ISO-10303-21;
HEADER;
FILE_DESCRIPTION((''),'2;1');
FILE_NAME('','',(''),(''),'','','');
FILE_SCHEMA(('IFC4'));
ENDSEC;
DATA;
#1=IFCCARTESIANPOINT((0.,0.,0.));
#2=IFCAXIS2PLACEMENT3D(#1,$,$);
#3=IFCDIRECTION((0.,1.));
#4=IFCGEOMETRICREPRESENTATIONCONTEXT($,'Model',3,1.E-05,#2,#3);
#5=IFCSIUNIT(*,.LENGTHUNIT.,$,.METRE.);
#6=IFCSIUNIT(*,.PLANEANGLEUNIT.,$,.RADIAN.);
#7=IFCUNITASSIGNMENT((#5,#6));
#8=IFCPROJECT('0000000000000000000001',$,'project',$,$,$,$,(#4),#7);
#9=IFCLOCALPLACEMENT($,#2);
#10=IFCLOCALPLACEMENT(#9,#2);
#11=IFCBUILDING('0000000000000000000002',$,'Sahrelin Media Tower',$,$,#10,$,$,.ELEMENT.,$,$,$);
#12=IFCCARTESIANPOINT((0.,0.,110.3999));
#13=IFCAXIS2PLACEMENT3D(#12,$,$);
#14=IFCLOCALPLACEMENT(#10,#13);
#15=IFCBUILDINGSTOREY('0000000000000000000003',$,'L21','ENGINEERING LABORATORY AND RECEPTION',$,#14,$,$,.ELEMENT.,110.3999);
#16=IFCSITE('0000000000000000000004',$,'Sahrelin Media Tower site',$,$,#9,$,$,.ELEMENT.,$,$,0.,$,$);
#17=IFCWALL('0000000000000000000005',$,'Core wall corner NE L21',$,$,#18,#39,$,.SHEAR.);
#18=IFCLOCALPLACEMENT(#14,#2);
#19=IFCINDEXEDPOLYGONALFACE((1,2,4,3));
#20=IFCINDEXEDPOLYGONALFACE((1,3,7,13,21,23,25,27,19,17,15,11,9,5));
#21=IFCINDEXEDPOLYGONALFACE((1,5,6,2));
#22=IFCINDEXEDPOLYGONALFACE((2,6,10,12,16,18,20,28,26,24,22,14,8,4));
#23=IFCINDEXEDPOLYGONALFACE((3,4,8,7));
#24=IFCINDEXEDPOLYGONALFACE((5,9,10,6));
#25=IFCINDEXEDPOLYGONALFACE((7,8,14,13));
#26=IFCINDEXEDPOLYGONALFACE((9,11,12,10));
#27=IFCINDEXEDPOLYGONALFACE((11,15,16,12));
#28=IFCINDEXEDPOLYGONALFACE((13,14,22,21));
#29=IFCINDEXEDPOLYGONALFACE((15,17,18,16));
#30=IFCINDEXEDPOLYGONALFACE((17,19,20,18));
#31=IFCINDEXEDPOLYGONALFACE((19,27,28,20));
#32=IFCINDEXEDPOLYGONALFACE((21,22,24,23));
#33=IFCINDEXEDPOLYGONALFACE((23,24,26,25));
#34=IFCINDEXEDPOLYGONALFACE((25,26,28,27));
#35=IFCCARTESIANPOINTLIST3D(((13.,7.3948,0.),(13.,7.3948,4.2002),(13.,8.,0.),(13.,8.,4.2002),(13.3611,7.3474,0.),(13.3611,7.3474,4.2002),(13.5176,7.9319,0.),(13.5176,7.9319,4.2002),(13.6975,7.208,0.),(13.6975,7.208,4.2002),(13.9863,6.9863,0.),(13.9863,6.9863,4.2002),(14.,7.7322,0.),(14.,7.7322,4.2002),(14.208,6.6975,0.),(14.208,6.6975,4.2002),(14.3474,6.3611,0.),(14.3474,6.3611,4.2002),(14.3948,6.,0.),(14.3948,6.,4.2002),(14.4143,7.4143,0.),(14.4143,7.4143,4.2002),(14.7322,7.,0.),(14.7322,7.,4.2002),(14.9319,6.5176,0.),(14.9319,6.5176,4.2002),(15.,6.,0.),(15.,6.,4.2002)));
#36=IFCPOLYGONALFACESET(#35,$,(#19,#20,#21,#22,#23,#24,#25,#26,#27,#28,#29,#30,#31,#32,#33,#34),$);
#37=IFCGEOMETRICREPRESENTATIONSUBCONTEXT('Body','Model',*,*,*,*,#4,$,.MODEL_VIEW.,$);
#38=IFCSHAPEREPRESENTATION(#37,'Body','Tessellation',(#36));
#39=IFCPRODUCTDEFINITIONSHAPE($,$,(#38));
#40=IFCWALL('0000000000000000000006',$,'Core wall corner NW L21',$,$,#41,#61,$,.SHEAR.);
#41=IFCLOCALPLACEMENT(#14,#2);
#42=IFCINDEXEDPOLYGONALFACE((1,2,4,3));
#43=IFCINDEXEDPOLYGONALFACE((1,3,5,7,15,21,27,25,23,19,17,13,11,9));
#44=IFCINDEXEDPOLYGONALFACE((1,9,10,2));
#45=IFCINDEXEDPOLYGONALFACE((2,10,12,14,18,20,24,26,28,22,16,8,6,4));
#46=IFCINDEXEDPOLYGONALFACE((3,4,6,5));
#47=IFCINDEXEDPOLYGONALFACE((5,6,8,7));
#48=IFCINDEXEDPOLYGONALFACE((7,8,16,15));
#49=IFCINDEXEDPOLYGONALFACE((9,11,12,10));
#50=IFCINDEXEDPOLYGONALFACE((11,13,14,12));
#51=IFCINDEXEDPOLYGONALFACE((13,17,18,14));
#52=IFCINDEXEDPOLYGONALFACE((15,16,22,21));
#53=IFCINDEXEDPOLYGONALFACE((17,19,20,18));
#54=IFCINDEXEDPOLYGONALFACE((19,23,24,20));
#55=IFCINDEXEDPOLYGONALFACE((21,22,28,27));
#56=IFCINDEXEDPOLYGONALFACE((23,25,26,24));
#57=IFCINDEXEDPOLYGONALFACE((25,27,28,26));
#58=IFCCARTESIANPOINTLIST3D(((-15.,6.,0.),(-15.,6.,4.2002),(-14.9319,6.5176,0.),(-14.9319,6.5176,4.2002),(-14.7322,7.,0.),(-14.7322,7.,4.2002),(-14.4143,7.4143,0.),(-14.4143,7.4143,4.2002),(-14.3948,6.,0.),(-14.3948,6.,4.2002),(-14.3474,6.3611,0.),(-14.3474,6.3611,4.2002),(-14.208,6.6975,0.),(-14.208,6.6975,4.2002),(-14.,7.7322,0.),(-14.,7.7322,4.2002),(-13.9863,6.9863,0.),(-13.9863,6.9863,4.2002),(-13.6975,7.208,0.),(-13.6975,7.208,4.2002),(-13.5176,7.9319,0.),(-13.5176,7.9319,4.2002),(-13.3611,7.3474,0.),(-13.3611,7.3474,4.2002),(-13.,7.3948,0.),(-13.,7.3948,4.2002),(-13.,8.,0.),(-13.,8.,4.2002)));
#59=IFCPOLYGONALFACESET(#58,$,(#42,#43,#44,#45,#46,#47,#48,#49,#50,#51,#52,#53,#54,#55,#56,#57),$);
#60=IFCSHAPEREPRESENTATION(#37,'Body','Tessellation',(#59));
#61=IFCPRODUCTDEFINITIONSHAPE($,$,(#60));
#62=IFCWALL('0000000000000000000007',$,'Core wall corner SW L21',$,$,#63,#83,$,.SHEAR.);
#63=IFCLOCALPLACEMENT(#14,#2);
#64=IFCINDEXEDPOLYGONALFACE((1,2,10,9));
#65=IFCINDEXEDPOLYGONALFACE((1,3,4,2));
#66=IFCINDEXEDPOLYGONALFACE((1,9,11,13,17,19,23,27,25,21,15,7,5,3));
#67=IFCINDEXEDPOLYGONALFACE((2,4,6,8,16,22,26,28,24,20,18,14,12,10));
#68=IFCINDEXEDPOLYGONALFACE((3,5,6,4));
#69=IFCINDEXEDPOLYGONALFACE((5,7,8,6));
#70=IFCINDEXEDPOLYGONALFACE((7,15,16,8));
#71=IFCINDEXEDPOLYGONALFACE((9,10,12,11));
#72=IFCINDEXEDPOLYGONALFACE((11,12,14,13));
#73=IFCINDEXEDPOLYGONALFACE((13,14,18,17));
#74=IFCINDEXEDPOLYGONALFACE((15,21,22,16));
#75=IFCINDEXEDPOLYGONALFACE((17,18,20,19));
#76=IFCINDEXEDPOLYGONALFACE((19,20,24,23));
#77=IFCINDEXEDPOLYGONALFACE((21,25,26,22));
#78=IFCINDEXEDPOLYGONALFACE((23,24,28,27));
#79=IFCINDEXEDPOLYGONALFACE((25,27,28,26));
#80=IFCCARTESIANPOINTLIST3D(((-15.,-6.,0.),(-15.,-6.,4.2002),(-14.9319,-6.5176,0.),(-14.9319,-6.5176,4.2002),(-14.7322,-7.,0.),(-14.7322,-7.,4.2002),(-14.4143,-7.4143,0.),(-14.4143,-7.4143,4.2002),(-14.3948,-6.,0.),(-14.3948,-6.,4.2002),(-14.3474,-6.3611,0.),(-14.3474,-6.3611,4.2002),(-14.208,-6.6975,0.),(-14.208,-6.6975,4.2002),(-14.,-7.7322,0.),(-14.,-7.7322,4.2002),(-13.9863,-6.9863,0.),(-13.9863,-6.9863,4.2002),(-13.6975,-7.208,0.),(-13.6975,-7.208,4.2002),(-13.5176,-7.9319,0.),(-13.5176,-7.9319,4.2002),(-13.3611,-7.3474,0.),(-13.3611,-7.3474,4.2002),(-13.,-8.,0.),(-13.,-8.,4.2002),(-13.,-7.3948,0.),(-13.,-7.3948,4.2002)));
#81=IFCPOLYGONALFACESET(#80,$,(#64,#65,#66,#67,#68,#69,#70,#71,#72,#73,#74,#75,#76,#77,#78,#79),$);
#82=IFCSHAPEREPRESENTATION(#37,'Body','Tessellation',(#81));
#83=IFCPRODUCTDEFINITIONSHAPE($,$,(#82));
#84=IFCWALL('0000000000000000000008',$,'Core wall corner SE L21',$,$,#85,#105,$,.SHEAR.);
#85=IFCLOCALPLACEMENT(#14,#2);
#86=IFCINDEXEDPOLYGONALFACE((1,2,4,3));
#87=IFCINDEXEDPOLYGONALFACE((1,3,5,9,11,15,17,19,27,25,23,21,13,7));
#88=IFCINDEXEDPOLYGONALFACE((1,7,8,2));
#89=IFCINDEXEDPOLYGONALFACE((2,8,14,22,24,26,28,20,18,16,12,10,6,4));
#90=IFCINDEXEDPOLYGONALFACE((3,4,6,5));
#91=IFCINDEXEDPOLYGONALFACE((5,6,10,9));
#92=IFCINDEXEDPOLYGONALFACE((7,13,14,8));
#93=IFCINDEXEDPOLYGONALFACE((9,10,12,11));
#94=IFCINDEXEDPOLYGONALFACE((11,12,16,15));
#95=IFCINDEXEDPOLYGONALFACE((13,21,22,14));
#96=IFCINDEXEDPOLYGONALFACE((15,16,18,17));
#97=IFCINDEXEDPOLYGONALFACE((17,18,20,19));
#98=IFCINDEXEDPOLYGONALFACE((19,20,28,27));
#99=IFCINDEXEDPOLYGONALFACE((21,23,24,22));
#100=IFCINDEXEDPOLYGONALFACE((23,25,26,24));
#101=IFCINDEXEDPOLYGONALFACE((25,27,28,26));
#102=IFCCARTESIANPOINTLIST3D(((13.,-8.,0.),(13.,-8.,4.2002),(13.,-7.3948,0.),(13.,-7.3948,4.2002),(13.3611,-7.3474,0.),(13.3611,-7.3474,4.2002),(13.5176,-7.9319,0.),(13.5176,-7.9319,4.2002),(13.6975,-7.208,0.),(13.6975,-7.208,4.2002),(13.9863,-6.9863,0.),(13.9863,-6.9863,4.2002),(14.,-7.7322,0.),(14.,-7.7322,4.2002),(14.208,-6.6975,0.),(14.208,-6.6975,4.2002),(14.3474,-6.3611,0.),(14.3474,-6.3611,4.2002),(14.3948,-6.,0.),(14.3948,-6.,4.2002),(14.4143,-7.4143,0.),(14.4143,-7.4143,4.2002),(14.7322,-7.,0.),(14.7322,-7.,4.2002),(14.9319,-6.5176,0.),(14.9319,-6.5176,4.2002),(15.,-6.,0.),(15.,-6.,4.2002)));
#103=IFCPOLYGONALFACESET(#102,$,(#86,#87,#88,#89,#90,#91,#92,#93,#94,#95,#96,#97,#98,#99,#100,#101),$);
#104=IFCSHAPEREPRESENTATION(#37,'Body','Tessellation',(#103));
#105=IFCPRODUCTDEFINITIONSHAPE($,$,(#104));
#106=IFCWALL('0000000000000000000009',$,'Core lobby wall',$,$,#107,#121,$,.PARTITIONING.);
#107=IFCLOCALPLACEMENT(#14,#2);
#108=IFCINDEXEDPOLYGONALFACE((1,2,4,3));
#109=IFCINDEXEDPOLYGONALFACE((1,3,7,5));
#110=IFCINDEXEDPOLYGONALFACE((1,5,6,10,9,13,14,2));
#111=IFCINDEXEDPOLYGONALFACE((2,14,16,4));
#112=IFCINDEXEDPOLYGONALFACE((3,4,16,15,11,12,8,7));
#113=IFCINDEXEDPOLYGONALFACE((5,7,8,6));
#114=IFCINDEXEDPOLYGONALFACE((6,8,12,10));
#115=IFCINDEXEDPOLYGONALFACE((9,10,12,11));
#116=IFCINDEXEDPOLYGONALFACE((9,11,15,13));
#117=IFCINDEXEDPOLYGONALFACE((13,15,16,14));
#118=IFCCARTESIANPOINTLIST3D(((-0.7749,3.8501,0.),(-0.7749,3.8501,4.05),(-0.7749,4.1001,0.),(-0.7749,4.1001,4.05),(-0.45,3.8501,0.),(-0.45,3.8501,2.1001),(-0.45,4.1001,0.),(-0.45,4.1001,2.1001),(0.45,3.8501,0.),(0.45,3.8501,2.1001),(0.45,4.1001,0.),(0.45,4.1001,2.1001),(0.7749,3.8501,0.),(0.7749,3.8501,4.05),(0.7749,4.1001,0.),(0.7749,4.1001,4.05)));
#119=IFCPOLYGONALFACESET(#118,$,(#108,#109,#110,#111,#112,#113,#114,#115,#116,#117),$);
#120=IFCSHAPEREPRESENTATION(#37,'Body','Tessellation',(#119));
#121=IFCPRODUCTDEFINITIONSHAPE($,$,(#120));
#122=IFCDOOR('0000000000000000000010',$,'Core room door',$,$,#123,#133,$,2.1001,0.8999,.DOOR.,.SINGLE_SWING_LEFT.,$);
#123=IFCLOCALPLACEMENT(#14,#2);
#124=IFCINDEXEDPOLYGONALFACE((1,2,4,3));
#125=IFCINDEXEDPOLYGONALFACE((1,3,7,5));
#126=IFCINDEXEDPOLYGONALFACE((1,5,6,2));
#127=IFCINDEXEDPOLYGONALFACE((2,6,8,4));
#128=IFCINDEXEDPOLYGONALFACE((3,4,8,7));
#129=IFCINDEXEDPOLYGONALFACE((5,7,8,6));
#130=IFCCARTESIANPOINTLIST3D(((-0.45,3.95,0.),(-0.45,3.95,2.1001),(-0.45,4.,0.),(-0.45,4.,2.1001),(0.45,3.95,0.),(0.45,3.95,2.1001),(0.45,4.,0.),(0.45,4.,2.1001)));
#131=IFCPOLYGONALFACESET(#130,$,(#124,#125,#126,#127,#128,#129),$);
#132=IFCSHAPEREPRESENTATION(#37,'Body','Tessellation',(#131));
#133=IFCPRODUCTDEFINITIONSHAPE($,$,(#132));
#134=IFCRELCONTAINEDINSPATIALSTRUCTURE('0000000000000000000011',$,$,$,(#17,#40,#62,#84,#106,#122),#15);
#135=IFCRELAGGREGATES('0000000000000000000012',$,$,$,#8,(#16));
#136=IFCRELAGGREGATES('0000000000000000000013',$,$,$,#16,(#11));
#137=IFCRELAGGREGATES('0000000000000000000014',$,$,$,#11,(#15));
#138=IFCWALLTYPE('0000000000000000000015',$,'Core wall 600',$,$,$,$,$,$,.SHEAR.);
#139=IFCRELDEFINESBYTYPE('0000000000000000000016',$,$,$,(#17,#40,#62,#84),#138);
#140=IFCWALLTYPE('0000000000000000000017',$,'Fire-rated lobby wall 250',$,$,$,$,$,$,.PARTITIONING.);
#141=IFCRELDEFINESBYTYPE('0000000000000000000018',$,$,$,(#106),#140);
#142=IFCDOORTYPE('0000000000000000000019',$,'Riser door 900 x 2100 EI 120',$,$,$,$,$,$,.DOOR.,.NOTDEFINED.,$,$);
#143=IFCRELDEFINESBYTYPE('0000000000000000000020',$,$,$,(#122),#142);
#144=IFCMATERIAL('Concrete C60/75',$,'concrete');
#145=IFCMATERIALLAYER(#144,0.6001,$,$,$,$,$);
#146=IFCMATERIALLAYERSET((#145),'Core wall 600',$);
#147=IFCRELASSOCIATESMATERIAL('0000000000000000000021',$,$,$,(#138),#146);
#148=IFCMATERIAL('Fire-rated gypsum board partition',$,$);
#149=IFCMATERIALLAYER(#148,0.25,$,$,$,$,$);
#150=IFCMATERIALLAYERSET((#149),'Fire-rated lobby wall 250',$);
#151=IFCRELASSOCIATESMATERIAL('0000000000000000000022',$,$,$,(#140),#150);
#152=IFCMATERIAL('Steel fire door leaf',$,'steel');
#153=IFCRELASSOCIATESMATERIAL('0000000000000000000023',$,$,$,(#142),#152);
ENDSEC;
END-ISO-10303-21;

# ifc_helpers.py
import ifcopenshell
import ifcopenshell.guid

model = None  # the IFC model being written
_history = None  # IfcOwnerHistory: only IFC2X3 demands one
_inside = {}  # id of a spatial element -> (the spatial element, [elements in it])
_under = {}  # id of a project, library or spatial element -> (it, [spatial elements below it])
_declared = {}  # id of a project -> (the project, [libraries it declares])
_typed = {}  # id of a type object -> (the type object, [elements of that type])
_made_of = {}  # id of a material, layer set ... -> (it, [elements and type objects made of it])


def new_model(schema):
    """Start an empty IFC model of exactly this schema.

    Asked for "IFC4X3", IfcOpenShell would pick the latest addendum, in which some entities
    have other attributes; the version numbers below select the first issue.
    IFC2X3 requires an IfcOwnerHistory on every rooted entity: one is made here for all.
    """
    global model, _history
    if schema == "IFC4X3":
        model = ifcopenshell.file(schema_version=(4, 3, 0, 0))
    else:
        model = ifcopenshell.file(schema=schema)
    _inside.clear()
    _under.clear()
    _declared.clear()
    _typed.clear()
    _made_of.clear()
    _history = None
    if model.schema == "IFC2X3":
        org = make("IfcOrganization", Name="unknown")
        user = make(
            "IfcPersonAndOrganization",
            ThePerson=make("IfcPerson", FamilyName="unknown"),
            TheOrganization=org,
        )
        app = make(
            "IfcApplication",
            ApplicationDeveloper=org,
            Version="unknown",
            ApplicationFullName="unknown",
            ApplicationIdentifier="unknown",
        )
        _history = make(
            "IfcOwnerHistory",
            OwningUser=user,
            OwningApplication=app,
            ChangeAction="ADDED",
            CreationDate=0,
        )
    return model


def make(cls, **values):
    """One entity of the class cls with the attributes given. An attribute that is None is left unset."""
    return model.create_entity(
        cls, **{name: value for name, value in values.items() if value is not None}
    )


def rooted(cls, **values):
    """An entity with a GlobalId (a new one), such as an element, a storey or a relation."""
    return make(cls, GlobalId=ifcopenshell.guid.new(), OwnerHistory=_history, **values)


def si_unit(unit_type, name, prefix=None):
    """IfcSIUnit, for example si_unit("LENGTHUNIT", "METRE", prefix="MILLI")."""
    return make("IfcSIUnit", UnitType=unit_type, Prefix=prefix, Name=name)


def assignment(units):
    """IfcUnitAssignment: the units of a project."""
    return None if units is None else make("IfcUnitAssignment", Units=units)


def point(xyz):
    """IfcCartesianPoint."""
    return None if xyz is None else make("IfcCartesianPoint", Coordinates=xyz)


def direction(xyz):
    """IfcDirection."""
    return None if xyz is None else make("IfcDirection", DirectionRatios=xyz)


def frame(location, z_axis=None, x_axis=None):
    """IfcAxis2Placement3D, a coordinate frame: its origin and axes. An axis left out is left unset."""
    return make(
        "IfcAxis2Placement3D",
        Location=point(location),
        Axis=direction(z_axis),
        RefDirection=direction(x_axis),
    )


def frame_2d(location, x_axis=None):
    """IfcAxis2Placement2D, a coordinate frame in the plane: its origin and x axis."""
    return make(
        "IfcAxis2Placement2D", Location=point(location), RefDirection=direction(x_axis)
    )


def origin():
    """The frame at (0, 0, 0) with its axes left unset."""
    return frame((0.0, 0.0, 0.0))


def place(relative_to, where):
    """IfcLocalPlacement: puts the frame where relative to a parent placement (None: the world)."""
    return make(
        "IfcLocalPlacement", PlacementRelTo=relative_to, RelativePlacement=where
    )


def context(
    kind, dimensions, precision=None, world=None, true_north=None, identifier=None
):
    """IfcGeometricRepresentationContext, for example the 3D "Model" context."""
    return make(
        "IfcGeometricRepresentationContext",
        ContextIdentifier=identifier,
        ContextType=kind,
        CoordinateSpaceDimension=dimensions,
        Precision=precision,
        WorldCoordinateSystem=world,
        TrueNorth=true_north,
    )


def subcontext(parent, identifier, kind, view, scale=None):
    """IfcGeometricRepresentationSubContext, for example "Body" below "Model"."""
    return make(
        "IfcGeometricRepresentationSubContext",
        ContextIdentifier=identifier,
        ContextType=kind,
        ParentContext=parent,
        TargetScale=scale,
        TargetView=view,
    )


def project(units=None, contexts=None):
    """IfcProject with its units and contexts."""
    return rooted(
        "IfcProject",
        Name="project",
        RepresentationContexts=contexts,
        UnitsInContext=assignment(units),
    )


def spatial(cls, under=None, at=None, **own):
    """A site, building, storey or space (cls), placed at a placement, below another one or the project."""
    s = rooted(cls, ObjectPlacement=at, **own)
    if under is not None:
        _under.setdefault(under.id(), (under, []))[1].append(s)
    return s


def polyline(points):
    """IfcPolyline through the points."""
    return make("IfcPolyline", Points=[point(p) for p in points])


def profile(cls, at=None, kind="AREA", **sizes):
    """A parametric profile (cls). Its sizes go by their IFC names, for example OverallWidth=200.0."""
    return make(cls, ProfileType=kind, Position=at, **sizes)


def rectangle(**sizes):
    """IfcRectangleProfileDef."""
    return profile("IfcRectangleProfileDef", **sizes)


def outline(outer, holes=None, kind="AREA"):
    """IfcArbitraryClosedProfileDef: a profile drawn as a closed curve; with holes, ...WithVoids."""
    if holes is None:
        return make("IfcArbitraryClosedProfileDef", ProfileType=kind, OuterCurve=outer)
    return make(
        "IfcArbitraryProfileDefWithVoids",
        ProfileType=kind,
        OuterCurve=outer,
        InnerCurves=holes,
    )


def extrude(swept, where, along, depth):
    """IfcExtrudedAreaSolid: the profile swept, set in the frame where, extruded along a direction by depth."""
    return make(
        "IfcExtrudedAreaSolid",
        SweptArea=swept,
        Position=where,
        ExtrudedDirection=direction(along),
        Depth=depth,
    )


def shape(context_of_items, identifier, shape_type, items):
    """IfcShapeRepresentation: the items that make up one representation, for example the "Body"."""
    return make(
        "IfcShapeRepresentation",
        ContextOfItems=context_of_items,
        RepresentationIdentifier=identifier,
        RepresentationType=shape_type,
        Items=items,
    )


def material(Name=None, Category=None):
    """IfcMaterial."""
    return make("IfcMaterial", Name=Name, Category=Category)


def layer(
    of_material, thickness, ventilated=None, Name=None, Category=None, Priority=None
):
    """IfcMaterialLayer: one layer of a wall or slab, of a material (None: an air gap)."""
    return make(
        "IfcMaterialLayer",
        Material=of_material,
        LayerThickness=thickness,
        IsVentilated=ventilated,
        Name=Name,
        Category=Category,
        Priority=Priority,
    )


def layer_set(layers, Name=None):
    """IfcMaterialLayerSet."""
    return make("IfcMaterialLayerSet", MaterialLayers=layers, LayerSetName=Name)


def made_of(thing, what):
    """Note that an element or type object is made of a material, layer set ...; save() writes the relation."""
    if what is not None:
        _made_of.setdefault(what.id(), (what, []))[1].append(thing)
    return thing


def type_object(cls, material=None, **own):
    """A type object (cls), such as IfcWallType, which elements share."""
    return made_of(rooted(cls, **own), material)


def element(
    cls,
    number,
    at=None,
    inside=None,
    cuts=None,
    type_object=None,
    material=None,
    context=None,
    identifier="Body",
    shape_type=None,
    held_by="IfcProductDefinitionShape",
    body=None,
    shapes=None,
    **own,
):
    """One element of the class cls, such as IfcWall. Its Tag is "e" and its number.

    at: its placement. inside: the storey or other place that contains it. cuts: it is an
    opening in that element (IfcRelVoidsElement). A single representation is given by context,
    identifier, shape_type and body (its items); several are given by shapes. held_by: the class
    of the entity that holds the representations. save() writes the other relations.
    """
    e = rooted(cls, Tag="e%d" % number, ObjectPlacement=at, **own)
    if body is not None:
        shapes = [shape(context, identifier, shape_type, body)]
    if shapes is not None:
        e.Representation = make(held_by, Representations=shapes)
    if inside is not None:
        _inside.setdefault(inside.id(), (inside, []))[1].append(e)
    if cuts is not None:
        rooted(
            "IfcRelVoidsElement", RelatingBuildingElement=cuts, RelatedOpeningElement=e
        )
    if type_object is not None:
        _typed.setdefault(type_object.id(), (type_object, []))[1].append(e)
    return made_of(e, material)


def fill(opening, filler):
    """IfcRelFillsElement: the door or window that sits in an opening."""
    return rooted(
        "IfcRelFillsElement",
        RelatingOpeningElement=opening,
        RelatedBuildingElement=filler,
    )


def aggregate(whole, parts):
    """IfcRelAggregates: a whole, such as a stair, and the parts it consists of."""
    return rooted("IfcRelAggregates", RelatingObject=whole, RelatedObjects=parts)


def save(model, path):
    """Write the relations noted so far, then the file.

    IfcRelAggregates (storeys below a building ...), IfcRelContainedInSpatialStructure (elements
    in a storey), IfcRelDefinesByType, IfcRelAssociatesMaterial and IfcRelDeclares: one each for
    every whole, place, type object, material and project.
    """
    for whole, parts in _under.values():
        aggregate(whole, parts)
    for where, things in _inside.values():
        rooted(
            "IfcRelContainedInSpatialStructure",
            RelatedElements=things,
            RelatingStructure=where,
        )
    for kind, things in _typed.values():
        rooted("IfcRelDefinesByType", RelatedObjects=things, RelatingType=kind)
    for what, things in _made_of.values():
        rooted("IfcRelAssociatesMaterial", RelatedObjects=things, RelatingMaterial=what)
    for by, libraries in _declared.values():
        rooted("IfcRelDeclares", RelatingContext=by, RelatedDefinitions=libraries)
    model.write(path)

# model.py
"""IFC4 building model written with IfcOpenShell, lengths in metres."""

from ifc_helpers import new_model, si_unit, direction, frame, frame_2d, origin, place, context, subcontext, project, spatial, polyline, rectangle, outline, extrude, material, layer, layer_set, type_object, element, fill, save


model = new_model("IFC4")

# Units and contexts
model_context = context("Model", 3, precision=1e-05, world=origin(), true_north=direction((0.0, 1.0)))
body_context = subcontext(model_context, "Body", "Model", "MODEL_VIEW")
ifc_project = project(units=[si_unit("LENGTHUNIT", "METRE"), si_unit("PLANEANGLEUNIT", "RADIAN")], contexts=[model_context])

# Site, building, storey
site_placement = place(None, origin())
site = spatial("IfcSite", under=ifc_project, at=site_placement, Name="Sahrelin Media Tower site", CompositionType="ELEMENT", RefElevation=0.0)
building_placement = place(site_placement, origin())
building = spatial("IfcBuilding", under=site, at=building_placement, Name="Sahrelin Media Tower", CompositionType="ELEMENT")
storey_placement = place(building_placement, frame((0.0, 0.0, 110.3999)))
storey = spatial("IfcBuildingStorey", under=building, at=storey_placement, Name="L21", Description="ENGINEERING LABORATORY AND RECEPTION", CompositionType="ELEMENT", Elevation=110.3999)

# Walls
ifc_material_1 = material(Name="Concrete C60/75", Category="concrete")
ifc_layer_1 = layer(ifc_material_1, 0.6001)
ifc_layer_set_1 = layer_set([ifc_layer_1], Name="Core wall 600")
wall_type_1 = type_object("IfcWallType", Name="Core wall 600", PredefinedType="SHEAR", material=ifc_layer_set_1)
placement = place(storey_placement, origin())
element("IfcWall", 1, at=placement, inside=storey, type_object=wall_type_1, Name="Core wall corner NE L21", PredefinedType="SHEAR", context=body_context, shape_type="SweptSolid", body=[
    extrude(outline(polyline([(13.0, 8.0), (13.0, 7.3948), (13.3611, 7.3474), (13.6975, 7.208), (13.9863, 6.9863), (14.208, 6.6975), (14.3474, 6.3611), (14.3948, 6.0), (15.0, 6.0), (14.9319, 6.5176), (14.7322, 7.0), (14.4143, 7.4143), (14.0, 7.7322), (13.5176, 7.9319), (13.0, 8.0)])), origin(), (0.0, 0.0, 1.0), 4.2002),
])
element("IfcWall", 2, at=placement, inside=storey, type_object=wall_type_1, Name="Core wall corner NW L21", PredefinedType="SHEAR", context=body_context, shape_type="SweptSolid", body=[
    extrude(outline(polyline([(-15.0, 6.0), (-14.3948, 6.0), (-14.3474, 6.3611), (-14.208, 6.6975), (-13.9863, 6.9863), (-13.6975, 7.208), (-13.3611, 7.3474), (-13.0, 7.3948), (-13.0, 8.0), (-13.5176, 7.9319), (-14.0, 7.7322), (-14.4143, 7.4143), (-14.7322, 7.0), (-14.9319, 6.5176), (-15.0, 6.0)])), origin(), (0.0, 0.0, 1.0), 4.2002),
])
element("IfcWall", 3, at=placement, inside=storey, type_object=wall_type_1, Name="Core wall corner SW L21", PredefinedType="SHEAR", context=body_context, shape_type="SweptSolid", body=[
    extrude(outline(polyline([(-13.0, -8.0), (-13.0, -7.3948), (-13.3611, -7.3474), (-13.6975, -7.208), (-13.9863, -6.9863), (-14.208, -6.6975), (-14.3474, -6.3611), (-14.3948, -6.0), (-15.0, -6.0), (-14.9319, -6.5176), (-14.7322, -7.0), (-14.4143, -7.4143), (-14.0, -7.7322), (-13.5176, -7.9319), (-13.0, -8.0)])), origin(), (0.0, 0.0, 1.0), 4.2002),
])
element("IfcWall", 4, at=placement, inside=storey, type_object=wall_type_1, Name="Core wall corner SE L21", PredefinedType="SHEAR", context=body_context, shape_type="SweptSolid", body=[
    extrude(outline(polyline([(15.0, -6.0), (14.3948, -6.0), (14.3474, -6.3611), (14.208, -6.6975), (13.9863, -6.9863), (13.6975, -7.208), (13.3611, -7.3474), (13.0, -7.3948), (13.0, -8.0), (13.5176, -7.9319), (14.0, -7.7322), (14.4143, -7.4143), (14.7322, -7.0), (14.9319, -6.5176), (15.0, -6.0)])), origin(), (0.0, 0.0, 1.0), 4.2002),
])

# Wall, opening, door
ifc_material_2 = material(Name="Fire-rated gypsum board partition")
ifc_layer_2 = layer(ifc_material_2, 0.25)
ifc_layer_set_2 = layer_set([ifc_layer_2], Name="Fire-rated lobby wall 250")
wall_type_2 = type_object("IfcWallType", Name="Fire-rated lobby wall 250", PredefinedType="PARTITIONING", material=ifc_layer_set_2)
wall_1_placement = place(storey_placement, frame((-0.7749, 3.9751, 0.0), z_axis=(0.0, 0.0, 1.0), x_axis=(1.0, 0.0, 0.0)))
wall_1 = element("IfcWall", 5, at=wall_1_placement, inside=storey, type_object=wall_type_2, Name="Core lobby wall", PredefinedType="PARTITIONING", context=body_context, shape_type="SweptSolid", body=[
    extrude(rectangle(XDim=1.5498, YDim=0.25, at=frame_2d((0.7749, 0.0))), origin(), (0.0, 0.0, 1.0), 4.05),
])
opening_1_placement = place(wall_1_placement, frame((0.325, 0.0, 0.0)))
opening_1 = element("IfcOpeningElement", 6, at=opening_1_placement, cuts=wall_1, PredefinedType="OPENING", context=body_context, shape_type="SweptSolid", body=[
    extrude(rectangle(XDim=0.8999, YDim=2.1001, at=frame_2d((0.45, 1.05))), frame((0.0, 0.125, 0.0), z_axis=(0.0, -1.0, 0.0), x_axis=(1.0, 0.0, 0.0)), (0.0, 0.0, 1.0), 0.25),
])
ifc_material_3 = material(Name="Steel fire door leaf", Category="steel")
door_type_1 = type_object("IfcDoorType", Name="Riser door 900 x 2100 EI 120", OperationType="NOTDEFINED", PredefinedType="DOOR", material=ifc_material_3)
door_1_placement = place(opening_1_placement, origin())
door_1 = element("IfcDoor", 7, at=door_1_placement, inside=storey, type_object=door_type_1, Name="Core room door", OperationType="SINGLE_SWING_LEFT", OverallHeight=2.1001, OverallWidth=0.8999, PredefinedType="DOOR", context=body_context, shape_type="SweptSolid", body=[
    extrude(rectangle(XDim=0.8999, YDim=2.1001, at=frame_2d((0.45, 1.05))), frame((0.0, 0.0249, 0.0), z_axis=(0.0, -1.0, 0.0), x_axis=(1.0, 0.0, 0.0)), (0.0, 0.0, 1.0), 0.05),
])
fill(opening_1, door_1)

save(model, "model.ifc")
